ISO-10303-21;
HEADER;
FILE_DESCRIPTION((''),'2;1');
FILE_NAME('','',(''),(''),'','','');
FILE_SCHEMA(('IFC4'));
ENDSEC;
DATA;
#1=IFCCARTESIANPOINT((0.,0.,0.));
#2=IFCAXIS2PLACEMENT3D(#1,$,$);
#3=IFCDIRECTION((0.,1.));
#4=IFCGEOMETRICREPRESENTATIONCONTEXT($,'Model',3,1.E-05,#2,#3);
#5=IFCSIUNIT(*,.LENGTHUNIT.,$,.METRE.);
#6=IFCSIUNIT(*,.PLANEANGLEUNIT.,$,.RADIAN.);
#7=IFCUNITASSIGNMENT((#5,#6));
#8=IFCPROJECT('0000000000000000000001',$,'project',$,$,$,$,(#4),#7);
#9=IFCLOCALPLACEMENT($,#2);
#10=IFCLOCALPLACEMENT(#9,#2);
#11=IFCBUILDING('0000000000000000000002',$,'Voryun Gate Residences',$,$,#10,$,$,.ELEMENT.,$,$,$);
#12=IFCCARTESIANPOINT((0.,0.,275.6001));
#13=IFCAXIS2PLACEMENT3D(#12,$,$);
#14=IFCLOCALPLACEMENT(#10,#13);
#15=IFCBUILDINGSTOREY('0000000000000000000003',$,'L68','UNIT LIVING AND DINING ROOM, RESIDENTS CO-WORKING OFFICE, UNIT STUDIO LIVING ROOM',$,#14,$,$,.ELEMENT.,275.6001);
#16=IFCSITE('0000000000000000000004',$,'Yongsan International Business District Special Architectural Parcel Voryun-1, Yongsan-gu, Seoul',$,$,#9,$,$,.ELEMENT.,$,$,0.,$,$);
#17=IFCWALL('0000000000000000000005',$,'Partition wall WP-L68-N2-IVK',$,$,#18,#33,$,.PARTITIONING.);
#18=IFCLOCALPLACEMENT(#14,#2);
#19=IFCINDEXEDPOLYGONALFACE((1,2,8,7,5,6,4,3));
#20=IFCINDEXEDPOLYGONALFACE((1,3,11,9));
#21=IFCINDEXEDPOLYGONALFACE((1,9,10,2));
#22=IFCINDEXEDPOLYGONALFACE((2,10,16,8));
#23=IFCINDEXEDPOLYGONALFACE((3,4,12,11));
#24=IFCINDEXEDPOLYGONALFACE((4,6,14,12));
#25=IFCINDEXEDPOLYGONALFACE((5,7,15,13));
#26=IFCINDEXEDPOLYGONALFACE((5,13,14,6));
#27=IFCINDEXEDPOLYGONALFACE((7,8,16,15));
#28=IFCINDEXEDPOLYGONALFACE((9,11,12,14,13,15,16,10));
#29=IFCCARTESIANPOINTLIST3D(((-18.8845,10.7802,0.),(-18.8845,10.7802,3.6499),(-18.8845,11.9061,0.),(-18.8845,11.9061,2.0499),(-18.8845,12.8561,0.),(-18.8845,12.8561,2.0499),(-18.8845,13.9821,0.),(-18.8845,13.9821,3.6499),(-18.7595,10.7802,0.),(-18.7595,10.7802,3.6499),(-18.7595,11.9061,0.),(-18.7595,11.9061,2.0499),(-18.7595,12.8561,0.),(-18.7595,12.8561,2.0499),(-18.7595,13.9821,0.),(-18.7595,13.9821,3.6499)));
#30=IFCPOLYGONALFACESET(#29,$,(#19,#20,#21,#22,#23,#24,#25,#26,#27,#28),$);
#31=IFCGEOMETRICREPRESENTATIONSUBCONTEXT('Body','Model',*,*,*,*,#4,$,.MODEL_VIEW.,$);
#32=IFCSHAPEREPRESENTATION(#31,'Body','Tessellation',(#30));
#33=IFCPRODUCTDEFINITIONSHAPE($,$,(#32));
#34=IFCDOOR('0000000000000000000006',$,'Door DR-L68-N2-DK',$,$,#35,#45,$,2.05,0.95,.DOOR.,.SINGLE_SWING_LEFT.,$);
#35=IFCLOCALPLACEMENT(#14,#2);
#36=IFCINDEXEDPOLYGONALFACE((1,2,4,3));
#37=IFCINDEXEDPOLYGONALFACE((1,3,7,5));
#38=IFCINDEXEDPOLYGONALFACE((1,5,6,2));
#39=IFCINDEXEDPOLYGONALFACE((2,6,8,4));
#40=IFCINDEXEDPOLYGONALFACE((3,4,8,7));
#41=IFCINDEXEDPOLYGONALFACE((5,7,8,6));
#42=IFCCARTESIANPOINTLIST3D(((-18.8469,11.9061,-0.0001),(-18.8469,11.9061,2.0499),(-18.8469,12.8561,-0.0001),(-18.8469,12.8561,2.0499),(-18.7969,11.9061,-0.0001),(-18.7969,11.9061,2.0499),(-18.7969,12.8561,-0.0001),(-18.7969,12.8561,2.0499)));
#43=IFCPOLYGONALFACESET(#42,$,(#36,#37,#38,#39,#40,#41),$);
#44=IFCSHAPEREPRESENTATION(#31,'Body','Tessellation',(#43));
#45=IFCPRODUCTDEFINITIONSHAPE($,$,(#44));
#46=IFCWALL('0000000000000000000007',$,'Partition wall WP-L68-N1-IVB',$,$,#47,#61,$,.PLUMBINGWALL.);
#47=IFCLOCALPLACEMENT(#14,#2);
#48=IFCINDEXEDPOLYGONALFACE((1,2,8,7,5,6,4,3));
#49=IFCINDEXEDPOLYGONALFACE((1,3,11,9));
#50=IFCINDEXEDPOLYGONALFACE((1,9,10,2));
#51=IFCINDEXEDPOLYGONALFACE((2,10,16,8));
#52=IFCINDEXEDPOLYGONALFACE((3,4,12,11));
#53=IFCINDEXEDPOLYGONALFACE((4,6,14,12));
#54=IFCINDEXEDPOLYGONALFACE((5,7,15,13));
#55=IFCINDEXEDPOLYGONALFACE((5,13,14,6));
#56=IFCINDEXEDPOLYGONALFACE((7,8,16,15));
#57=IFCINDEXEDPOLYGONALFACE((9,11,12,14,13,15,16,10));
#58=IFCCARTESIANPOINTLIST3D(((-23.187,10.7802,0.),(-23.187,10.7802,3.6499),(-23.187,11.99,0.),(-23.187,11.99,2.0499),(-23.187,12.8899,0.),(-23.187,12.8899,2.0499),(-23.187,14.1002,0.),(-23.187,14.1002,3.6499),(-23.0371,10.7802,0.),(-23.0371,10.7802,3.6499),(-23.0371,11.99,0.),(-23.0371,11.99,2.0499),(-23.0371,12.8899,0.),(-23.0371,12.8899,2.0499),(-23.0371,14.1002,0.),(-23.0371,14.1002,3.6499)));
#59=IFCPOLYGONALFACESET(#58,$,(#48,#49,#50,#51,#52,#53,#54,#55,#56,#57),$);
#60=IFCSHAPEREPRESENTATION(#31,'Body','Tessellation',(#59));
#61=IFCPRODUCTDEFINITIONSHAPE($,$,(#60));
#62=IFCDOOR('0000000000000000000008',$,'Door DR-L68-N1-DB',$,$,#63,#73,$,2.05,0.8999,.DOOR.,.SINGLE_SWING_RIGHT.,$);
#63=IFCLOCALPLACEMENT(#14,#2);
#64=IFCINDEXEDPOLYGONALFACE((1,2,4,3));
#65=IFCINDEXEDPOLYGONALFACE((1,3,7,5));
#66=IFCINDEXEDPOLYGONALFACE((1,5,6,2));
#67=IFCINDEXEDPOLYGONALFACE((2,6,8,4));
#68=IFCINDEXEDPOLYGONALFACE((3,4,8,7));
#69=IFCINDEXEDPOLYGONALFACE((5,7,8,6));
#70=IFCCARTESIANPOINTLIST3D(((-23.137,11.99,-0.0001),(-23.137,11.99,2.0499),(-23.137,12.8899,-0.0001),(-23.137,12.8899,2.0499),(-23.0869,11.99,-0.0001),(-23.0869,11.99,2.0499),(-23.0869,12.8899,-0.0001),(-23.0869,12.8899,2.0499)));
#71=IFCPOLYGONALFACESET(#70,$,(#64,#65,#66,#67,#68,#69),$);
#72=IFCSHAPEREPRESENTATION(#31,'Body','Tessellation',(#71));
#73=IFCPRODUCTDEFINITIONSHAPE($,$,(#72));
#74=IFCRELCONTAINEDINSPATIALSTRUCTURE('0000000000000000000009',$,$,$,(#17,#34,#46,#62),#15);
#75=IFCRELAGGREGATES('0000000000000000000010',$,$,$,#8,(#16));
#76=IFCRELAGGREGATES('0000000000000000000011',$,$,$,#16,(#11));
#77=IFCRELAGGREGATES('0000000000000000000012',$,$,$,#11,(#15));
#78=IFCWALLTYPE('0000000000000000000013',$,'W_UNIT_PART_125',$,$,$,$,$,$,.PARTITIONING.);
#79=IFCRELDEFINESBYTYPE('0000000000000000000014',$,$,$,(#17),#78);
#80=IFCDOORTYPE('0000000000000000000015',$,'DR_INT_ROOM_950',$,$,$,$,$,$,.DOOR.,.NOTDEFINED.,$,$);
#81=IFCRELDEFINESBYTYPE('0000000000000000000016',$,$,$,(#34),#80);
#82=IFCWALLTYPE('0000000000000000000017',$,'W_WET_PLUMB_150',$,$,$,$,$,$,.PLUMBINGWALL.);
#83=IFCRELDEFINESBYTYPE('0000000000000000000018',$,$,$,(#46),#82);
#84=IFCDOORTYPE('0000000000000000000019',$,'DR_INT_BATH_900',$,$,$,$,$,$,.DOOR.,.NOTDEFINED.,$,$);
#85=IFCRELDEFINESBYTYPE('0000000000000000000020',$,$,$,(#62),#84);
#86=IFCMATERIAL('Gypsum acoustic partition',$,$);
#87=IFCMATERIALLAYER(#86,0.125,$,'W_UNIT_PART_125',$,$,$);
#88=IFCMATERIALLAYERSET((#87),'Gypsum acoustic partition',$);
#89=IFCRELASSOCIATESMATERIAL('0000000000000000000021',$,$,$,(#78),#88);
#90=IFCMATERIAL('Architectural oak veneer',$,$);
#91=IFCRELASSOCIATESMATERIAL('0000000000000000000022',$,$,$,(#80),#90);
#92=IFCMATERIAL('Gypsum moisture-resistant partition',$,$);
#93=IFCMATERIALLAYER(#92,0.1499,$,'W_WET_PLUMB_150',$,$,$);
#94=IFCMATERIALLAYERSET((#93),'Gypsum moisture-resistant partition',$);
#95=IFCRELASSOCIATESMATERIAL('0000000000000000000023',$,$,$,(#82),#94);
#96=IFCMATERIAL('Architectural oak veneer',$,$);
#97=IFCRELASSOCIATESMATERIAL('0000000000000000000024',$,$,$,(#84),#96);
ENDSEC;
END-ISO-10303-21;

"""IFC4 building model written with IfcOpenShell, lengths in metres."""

from ifc_helpers import new_model, si_unit, direction, frame, frame_2d, origin, place, context, subcontext, project, spatial, rectangle, extrude, material, layer, layer_set, type_object, element, fill, save


model = new_model("IFC4")

# Units and contexts
model_context = context("Model", 3, precision=1e-05, world=origin(), true_north=direction((0.0, 1.0)))
body_context = subcontext(model_context, "Body", "Model", "MODEL_VIEW")
ifc_project = project(units=[si_unit("LENGTHUNIT", "METRE"), si_unit("PLANEANGLEUNIT", "RADIAN")], contexts=[model_context])

# Site, building, storey
site_placement = place(None, origin())
site = spatial("IfcSite", under=ifc_project, at=site_placement, Name="Yongsan International Business District Special Architectural Parcel Voryun-1, Yongsan-gu, Seoul", CompositionType="ELEMENT", RefElevation=0.0)
building_placement = place(site_placement, origin())
building = spatial("IfcBuilding", under=site, at=building_placement, Name="Voryun Gate Residences", CompositionType="ELEMENT")
storey_placement = place(building_placement, frame((0.0, 0.0, 275.6001)))
storey = spatial("IfcBuildingStorey", under=building, at=storey_placement, Name="L68", Description="UNIT LIVING AND DINING ROOM, RESIDENTS CO-WORKING OFFICE, UNIT STUDIO LIVING ROOM", CompositionType="ELEMENT", Elevation=275.6001)

# Walls, openings, doors
ifc_material_1 = material(Name="Gypsum acoustic partition")
ifc_layer_1 = layer(ifc_material_1, 0.125, Name="W_UNIT_PART_125")
ifc_layer_set_1 = layer_set([ifc_layer_1], Name="Gypsum acoustic partition")
wall_type_1 = type_object("IfcWallType", Name="W_UNIT_PART_125", PredefinedType="PARTITIONING", material=ifc_layer_set_1)
ifc_material_2 = material(Name="Architectural oak veneer")
door_type_1 = type_object("IfcDoorType", Name="DR_INT_ROOM_950", OperationType="NOTDEFINED", PredefinedType="DOOR", material=ifc_material_2)
wall_1_placement = place(storey_placement, frame((-18.822, 10.78, 0.0), z_axis=(0.0, 0.0, 1.0), x_axis=(0.0, 1.0, 0.0)))
wall_1 = element("IfcWall", 1, at=wall_1_placement, inside=storey, type_object=wall_type_1, Name="Partition wall WP-L68-N2-IVK", PredefinedType="PARTITIONING", context=body_context, shape_type="SweptSolid", body=[
    extrude(rectangle(XDim=3.2019, YDim=0.125, at=frame_2d((1.6011, 0.0))), origin(), (0.0, 0.0, 1.0), 3.6499),
])
opening_1_placement = place(wall_1_placement, frame((1.126, 0.0, 0.0)))
opening_1 = element("IfcOpeningElement", 2, at=opening_1_placement, cuts=wall_1, PredefinedType="OPENING", context=body_context, shape_type="SweptSolid", body=[
    extrude(rectangle(XDim=0.95, YDim=2.05, at=frame_2d((0.4751, 1.0249))), frame((0.0, 0.0725, 0.0), z_axis=(0.0, -1.0, 0.0), x_axis=(1.0, 0.0, 0.0)), (0.0, 0.0, 1.0), 0.145),
])
door_1_placement = place(opening_1_placement, origin())
door_1 = element("IfcDoor", 3, at=door_1_placement, inside=storey, type_object=door_type_1, Name="Door DR-L68-N2-DK", OperationType="SINGLE_SWING_LEFT", OverallHeight=2.05, OverallWidth=0.95, PredefinedType="DOOR", context=body_context, shape_type="SweptSolid", body=[
    extrude(rectangle(XDim=0.95, YDim=2.05, at=frame_2d((0.4751, 1.0249))), frame((0.0, 0.0249, 0.0), z_axis=(0.0, -1.0, 0.0), x_axis=(1.0, 0.0, 0.0)), (0.0, 0.0, 1.0), 0.05),
])
fill(opening_1, door_1)
ifc_material_3 = material(Name="Gypsum moisture-resistant partition")
ifc_layer_2 = layer(ifc_material_3, 0.1499, Name="W_WET_PLUMB_150")
ifc_layer_set_2 = layer_set([ifc_layer_2], Name="Gypsum moisture-resistant partition")
wall_type_2 = type_object("IfcWallType", Name="W_WET_PLUMB_150", PredefinedType="PLUMBINGWALL", material=ifc_layer_set_2)
wall_2_placement = place(storey_placement, frame((-23.1121, 10.78, 0.0), z_axis=(0.0, 0.0, 1.0), x_axis=(0.0, 1.0, 0.0)))
wall_2 = element("IfcWall", 4, at=wall_2_placement, inside=storey, type_object=wall_type_2, Name="Partition wall WP-L68-N1-IVB", PredefinedType="PLUMBINGWALL", context=body_context, shape_type="SweptSolid", body=[
    extrude(rectangle(XDim=3.3201, YDim=0.1499, at=frame_2d((1.6602, 0.0))), origin(), (0.0, 0.0, 1.0), 3.6499),
])
opening_2_placement = place(wall_2_placement, frame((1.21, 0.0, 0.0)))
opening_2 = element("IfcOpeningElement", 5, at=opening_2_placement, cuts=wall_2, PredefinedType="OPENING", context=body_context, shape_type="SweptSolid", body=[
    extrude(rectangle(XDim=0.8999, YDim=2.05, at=frame_2d((0.45, 1.0249))), frame((0.0, 0.085, 0.0), z_axis=(0.0, -1.0, 0.0), x_axis=(1.0, 0.0, 0.0)), (0.0, 0.0, 1.0), 0.1699),
])
ifc_material_4 = material(Name="Architectural oak veneer")
door_type_2 = type_object("IfcDoorType", Name="DR_INT_BATH_900", OperationType="NOTDEFINED", PredefinedType="DOOR", material=ifc_material_4)
door_2_placement = place(opening_2_placement, origin())
door_2 = element("IfcDoor", 6, at=door_2_placement, inside=storey, type_object=door_type_2, Name="Door DR-L68-N1-DB", OperationType="SINGLE_SWING_RIGHT", OverallHeight=2.05, OverallWidth=0.8999, PredefinedType="DOOR", context=body_context, shape_type="SweptSolid", body=[
    extrude(rectangle(XDim=0.8999, YDim=2.05, at=frame_2d((0.45, 1.0249))), frame((0.0, 0.0249, 0.0), z_axis=(0.0, -1.0, 0.0), x_axis=(1.0, 0.0, 0.0)), (0.0, 0.0, 1.0), 0.05),
])
fill(opening_2, door_2)

save(model, "model.ifc")
